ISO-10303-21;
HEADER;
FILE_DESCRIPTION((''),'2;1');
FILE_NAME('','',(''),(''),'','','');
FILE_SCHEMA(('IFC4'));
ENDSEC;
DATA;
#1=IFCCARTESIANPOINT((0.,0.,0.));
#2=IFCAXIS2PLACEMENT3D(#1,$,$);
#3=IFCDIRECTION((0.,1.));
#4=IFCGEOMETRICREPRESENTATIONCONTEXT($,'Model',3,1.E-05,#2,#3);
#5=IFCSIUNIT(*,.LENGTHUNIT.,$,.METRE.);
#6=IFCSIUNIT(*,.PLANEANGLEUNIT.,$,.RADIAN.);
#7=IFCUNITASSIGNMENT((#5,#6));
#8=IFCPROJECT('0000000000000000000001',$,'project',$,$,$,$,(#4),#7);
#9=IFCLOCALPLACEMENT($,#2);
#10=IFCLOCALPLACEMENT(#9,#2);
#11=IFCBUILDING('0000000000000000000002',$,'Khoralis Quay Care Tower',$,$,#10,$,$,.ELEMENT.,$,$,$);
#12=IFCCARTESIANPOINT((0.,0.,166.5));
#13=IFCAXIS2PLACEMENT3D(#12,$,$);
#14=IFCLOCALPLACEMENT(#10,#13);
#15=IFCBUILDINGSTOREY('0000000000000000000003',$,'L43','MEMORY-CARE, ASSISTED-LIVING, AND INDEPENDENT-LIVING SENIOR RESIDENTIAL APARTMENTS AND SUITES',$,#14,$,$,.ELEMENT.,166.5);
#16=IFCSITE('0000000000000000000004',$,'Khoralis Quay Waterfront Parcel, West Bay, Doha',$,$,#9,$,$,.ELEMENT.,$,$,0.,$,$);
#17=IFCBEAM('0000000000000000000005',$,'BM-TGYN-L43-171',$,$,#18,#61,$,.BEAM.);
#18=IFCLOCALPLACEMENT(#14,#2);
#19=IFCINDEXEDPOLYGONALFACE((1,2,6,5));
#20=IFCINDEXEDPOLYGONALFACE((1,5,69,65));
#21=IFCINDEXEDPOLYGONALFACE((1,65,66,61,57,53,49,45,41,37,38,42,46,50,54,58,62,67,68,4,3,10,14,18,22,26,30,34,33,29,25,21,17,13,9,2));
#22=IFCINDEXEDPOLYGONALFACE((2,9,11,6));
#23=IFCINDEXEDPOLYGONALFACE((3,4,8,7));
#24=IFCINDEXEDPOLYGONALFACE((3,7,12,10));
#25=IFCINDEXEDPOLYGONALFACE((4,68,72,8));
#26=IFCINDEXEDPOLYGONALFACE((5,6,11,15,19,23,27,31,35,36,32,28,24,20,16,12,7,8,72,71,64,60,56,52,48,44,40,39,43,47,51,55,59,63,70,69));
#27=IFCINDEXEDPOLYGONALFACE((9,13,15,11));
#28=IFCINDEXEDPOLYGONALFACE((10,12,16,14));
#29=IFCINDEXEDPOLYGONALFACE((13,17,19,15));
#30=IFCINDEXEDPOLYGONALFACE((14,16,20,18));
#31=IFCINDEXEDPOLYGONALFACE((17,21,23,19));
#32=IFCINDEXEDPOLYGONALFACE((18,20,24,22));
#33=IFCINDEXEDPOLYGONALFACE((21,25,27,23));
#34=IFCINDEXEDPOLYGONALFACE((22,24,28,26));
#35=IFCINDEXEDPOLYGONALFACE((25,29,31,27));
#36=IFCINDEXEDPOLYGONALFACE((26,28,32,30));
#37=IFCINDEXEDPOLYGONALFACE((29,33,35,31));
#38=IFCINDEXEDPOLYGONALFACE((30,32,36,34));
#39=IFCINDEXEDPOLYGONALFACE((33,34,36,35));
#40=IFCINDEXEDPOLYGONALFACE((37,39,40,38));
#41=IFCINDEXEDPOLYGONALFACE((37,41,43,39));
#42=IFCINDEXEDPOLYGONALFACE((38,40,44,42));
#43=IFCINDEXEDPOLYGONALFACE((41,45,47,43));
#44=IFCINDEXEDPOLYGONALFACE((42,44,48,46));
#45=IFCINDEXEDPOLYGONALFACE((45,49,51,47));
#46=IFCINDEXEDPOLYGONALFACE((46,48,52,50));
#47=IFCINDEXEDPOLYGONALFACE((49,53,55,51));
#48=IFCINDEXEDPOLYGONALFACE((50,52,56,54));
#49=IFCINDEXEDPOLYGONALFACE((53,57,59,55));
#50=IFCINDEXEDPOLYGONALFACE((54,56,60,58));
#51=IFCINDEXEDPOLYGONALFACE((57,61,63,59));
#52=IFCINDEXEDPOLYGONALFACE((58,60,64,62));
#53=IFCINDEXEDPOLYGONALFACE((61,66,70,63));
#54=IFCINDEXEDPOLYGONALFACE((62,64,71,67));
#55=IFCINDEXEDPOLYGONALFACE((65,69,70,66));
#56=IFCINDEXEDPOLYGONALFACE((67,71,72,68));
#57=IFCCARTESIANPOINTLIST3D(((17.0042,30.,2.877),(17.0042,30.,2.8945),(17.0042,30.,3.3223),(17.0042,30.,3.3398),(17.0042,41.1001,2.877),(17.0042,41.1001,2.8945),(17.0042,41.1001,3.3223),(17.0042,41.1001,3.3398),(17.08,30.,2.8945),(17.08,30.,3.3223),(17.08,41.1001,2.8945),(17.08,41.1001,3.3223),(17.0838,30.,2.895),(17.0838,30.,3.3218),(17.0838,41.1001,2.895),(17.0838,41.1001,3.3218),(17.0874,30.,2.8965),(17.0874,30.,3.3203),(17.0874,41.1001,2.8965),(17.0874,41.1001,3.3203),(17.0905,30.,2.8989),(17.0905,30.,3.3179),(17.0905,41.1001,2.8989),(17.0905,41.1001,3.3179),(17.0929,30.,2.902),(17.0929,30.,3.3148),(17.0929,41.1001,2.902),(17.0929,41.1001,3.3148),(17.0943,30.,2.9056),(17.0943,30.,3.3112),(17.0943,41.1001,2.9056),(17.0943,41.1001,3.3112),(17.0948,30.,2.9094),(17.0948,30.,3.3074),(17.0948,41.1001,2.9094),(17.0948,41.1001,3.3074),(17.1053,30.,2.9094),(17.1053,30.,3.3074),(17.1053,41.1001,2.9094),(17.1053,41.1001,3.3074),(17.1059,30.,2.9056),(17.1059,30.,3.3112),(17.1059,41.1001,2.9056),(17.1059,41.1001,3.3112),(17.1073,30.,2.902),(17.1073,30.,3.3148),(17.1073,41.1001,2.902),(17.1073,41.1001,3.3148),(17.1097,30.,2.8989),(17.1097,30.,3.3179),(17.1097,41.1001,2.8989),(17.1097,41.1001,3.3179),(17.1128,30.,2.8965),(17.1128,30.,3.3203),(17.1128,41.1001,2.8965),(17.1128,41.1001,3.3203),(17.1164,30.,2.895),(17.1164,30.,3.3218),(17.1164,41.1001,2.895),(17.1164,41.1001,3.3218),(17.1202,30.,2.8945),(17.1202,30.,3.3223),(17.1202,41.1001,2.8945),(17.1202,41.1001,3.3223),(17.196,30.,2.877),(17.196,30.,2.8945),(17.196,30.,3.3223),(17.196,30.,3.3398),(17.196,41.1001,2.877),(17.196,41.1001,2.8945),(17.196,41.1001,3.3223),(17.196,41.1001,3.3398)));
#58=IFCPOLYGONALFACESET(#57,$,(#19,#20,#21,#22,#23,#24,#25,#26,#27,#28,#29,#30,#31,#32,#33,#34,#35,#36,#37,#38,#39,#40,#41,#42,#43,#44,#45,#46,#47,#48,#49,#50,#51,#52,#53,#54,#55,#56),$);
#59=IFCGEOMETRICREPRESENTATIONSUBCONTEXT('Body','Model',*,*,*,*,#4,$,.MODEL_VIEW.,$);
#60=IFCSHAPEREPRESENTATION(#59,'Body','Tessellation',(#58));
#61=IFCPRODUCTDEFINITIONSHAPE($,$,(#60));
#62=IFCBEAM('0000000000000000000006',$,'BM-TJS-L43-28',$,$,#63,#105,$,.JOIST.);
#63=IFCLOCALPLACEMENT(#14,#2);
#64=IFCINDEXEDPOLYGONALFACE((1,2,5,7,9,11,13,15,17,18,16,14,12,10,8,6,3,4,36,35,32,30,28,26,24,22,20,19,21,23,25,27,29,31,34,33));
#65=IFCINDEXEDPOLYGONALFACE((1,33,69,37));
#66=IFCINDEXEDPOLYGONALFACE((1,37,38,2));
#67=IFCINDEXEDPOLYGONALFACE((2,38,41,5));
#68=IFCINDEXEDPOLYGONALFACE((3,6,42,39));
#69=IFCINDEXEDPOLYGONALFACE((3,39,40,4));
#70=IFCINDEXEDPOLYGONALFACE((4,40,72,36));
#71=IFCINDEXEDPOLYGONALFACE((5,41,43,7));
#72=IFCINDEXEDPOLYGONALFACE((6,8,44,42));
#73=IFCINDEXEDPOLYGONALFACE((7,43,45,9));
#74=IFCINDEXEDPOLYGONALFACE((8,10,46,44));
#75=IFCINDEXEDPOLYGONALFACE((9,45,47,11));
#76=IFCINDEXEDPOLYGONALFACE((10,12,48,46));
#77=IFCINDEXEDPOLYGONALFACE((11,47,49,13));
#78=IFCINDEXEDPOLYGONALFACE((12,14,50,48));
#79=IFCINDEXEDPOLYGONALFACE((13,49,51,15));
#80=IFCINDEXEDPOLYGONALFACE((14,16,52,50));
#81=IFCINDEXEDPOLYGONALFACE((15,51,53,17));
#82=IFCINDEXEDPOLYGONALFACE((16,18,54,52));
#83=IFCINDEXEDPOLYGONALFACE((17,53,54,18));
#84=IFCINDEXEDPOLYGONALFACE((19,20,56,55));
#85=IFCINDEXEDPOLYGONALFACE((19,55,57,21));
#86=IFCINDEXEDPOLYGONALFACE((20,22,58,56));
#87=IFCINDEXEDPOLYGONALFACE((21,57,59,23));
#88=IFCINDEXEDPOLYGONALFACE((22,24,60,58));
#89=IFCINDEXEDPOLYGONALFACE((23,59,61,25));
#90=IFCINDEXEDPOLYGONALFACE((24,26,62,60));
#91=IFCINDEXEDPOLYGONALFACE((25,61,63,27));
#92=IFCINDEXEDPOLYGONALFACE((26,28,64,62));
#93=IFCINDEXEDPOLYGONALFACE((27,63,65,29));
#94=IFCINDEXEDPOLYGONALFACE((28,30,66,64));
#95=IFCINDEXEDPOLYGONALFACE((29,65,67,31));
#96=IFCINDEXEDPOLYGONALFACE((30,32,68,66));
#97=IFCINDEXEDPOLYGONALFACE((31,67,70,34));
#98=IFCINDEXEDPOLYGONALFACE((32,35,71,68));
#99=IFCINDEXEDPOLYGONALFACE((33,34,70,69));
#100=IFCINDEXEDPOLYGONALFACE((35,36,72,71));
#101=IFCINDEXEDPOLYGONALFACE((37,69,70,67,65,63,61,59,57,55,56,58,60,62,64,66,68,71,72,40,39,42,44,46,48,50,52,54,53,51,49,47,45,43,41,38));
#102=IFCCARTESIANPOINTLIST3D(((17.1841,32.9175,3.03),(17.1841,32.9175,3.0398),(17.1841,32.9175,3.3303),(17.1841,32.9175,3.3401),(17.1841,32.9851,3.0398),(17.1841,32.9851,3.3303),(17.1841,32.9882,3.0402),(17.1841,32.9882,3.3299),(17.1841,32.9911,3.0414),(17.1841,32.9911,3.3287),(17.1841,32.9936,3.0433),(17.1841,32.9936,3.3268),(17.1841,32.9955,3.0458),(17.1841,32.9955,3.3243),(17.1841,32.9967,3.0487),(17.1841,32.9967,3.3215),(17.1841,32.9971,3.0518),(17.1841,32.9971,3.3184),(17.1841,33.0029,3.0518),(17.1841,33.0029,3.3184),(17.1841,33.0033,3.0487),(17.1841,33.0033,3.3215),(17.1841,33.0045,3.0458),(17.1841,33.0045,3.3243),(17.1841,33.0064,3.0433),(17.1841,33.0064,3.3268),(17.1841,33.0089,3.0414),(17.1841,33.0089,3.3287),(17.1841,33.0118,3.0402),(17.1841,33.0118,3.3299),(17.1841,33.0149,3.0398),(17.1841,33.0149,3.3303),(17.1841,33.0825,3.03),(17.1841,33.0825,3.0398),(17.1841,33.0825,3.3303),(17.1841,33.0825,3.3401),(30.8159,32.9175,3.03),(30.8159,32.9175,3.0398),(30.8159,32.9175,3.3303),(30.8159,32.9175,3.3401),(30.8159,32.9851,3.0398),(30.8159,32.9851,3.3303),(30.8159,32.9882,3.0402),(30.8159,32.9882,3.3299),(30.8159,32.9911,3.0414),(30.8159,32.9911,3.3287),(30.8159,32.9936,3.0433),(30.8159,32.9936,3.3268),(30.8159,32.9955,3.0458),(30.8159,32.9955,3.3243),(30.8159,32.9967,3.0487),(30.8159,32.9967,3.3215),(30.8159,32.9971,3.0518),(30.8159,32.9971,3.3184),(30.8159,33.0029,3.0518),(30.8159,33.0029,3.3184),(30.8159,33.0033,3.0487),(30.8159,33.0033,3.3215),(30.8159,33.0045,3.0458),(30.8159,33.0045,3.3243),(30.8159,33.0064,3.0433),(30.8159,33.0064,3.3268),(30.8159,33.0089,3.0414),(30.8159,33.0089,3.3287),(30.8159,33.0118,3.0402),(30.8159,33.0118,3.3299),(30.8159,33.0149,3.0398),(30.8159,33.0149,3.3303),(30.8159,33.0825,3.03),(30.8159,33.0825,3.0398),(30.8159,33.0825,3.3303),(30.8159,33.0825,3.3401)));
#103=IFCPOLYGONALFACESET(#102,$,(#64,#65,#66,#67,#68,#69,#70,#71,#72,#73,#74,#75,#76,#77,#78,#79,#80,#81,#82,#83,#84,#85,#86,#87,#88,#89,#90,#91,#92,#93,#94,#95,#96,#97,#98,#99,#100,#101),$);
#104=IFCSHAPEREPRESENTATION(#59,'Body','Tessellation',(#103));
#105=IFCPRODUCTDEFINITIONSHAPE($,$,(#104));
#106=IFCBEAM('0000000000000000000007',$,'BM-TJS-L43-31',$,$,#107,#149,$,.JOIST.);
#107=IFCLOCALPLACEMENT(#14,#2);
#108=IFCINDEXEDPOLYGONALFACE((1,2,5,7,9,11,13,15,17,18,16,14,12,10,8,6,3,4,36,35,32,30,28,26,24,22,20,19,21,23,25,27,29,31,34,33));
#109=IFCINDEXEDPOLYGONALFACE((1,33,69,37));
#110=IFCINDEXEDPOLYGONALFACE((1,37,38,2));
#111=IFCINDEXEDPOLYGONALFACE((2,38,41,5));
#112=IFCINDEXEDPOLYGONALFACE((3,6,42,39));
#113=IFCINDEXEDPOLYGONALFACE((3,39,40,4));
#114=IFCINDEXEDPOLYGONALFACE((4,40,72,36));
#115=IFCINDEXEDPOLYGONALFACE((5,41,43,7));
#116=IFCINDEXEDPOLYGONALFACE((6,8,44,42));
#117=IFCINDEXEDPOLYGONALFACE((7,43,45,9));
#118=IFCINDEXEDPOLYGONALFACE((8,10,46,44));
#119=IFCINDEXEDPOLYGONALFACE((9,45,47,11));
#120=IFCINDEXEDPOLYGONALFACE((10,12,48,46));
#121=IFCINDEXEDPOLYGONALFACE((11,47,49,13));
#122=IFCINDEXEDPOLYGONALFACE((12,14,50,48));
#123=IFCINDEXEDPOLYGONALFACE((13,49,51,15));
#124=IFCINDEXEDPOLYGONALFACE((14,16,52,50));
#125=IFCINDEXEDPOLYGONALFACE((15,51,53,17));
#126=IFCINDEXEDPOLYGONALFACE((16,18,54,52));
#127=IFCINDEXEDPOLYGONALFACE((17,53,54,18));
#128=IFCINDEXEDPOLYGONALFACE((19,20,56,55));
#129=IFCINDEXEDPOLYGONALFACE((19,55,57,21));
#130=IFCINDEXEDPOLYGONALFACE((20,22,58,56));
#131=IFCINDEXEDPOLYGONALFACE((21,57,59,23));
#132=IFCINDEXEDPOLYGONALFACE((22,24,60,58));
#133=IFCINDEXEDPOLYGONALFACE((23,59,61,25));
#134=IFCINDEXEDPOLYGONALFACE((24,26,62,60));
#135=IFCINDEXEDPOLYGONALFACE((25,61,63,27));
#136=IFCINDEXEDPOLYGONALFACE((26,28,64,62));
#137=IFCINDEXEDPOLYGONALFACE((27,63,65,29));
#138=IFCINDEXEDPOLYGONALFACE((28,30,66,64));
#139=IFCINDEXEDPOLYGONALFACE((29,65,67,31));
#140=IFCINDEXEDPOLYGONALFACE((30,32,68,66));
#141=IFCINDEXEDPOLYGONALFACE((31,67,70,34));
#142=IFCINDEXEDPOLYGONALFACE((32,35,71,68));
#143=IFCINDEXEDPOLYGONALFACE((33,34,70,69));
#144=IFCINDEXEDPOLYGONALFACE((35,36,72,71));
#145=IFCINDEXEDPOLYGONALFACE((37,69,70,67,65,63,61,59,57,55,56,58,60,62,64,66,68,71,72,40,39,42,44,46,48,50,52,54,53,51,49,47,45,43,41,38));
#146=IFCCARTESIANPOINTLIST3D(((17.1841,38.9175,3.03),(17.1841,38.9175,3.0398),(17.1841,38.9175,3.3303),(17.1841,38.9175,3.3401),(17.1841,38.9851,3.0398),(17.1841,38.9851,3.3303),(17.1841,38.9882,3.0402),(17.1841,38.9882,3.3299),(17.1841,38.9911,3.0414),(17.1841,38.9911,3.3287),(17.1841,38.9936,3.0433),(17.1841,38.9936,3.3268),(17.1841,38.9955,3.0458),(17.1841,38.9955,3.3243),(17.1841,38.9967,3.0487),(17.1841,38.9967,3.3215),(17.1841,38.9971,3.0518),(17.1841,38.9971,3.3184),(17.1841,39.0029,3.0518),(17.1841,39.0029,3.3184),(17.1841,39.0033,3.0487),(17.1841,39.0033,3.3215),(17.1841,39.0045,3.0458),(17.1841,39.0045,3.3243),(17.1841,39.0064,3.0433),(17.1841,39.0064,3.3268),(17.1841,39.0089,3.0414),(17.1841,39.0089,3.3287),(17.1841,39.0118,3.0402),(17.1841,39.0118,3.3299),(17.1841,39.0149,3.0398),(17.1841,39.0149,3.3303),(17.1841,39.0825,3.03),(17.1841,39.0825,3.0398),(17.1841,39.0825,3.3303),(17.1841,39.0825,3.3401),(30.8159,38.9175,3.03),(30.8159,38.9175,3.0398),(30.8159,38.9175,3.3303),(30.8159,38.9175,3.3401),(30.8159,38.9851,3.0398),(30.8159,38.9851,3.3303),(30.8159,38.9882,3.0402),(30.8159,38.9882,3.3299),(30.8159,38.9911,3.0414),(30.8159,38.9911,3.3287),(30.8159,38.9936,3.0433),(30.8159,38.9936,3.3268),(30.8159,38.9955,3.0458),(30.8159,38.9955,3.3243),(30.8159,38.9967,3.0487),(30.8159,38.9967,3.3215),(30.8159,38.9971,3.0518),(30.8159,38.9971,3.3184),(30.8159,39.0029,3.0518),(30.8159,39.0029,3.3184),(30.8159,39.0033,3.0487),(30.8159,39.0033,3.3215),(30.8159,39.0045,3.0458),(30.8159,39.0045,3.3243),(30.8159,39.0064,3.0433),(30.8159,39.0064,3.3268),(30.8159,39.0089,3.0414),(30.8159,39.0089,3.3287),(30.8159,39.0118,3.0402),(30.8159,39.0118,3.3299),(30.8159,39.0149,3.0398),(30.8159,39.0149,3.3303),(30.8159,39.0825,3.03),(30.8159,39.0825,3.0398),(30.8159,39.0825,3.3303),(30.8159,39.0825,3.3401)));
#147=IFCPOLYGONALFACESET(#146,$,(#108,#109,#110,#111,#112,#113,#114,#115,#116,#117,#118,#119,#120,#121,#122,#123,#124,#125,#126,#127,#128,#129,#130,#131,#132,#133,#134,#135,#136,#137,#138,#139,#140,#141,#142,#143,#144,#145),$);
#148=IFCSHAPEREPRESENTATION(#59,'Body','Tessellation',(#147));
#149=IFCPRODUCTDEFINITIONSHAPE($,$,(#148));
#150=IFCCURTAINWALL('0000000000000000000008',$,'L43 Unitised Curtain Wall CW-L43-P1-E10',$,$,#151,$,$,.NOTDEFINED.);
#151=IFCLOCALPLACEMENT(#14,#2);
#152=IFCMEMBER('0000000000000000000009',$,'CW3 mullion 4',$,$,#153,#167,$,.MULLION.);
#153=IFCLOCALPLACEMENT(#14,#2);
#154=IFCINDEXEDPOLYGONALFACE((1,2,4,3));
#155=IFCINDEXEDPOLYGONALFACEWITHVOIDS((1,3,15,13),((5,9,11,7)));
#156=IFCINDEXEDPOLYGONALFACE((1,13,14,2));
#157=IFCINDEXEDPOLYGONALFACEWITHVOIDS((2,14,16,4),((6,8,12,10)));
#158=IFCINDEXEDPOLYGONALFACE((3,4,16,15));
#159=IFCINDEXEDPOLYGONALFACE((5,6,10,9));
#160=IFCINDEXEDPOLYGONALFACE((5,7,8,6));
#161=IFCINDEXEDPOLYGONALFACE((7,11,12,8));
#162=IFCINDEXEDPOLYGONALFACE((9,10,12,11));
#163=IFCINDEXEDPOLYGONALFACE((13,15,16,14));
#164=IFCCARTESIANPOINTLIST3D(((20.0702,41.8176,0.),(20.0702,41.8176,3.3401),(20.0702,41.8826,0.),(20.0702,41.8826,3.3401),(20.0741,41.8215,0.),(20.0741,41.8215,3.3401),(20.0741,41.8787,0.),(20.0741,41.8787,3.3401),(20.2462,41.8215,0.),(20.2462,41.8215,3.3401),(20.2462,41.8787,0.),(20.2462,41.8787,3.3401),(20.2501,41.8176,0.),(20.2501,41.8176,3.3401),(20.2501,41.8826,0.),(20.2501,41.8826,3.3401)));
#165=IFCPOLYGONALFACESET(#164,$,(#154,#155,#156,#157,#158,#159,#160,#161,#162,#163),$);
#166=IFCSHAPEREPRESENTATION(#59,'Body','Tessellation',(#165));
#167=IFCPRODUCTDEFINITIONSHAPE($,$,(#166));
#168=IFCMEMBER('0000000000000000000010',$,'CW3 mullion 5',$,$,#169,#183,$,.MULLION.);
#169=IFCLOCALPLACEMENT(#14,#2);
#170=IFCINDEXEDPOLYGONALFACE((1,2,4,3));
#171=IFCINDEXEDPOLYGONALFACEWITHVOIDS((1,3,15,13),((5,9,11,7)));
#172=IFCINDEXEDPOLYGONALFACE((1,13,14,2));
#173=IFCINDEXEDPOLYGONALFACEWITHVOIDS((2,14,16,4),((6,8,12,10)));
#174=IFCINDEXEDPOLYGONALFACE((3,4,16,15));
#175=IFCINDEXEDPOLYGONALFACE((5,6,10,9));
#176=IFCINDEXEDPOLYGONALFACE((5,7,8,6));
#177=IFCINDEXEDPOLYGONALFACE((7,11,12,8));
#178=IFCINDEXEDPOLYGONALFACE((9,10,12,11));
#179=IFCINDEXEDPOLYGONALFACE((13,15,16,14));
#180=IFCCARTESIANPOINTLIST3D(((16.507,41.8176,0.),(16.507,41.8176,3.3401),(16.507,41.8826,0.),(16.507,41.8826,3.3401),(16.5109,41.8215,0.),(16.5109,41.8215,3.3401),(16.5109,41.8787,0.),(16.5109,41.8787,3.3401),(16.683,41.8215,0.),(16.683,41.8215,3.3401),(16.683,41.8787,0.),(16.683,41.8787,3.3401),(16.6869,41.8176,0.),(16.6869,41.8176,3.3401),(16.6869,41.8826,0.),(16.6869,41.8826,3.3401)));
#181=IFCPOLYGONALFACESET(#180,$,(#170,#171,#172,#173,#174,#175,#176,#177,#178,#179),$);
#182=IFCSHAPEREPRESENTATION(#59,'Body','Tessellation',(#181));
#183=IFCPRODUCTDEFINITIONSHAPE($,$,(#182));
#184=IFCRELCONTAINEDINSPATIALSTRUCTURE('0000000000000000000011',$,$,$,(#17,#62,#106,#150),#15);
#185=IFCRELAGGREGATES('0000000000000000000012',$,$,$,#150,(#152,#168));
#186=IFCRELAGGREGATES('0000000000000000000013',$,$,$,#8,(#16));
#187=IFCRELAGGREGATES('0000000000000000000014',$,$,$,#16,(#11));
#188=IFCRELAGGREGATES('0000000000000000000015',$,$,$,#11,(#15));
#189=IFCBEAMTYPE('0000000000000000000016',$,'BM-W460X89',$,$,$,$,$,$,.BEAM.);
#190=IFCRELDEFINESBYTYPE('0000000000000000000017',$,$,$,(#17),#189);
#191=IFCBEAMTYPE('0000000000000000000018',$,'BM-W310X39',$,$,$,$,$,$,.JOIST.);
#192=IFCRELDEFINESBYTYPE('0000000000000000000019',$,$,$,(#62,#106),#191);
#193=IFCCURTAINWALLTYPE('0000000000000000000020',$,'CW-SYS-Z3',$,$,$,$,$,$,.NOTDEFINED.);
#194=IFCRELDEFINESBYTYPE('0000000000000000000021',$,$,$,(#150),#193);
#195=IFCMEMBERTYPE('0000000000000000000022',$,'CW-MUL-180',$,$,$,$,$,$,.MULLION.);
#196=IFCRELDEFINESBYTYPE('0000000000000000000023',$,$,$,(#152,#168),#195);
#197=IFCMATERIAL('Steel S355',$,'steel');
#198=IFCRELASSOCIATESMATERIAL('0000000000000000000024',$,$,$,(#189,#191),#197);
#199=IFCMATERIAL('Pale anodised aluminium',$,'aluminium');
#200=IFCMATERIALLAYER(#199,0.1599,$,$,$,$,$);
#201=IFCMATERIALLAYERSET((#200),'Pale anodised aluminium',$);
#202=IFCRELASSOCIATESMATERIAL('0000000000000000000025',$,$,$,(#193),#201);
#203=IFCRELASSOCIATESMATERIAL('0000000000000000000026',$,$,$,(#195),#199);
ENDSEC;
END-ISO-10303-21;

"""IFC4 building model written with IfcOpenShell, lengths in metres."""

from ifc_helpers import new_model, si_unit, direction, frame, origin, origin_2d, place, context, subcontext, project, spatial, hollow_rectangle, i_section, extrude, source, transform, mapped, material, layer, layer_set, material_profile, profile_set, type_object, element, aggregate, save


model = new_model("IFC4")

# Units and contexts
model_context = context("Model", 3, precision=1e-05, world=origin(), true_north=direction((0.0, 1.0)))
body_context = subcontext(model_context, "Body", "Model", "MODEL_VIEW")
ifc_project = project(units=[si_unit("LENGTHUNIT", "METRE"), si_unit("PLANEANGLEUNIT", "RADIAN")], contexts=[model_context])

# Site, building, storey
site_placement = place(None, origin())
site = spatial("IfcSite", under=ifc_project, at=site_placement, Name="Khoralis Quay Waterfront Parcel, West Bay, Doha", CompositionType="ELEMENT", RefElevation=0.0)
building_placement = place(site_placement, origin())
building = spatial("IfcBuilding", under=site, at=building_placement, Name="Khoralis Quay Care Tower", CompositionType="ELEMENT")
storey_placement = place(building_placement, frame((0.0, 0.0, 166.5)))
storey = spatial("IfcBuildingStorey", under=building, at=storey_placement, Name="L43", Description="MEMORY-CARE, ASSISTED-LIVING, AND INDEPENDENT-LIVING SENIOR RESIDENTIAL APARTMENTS AND SUITES", CompositionType="ELEMENT", Elevation=166.5)

# Beams
ifc_material_1 = material(Name="Steel S355", Category="steel")
ifc_material_profile_1 = material_profile(ifc_material_1, i_section(OverallWidth=0.1919, OverallDepth=0.4629, WebThickness=0.0105, FlangeThickness=0.0176, FilletRadius=0.0149, at=origin_2d()), Name="Steel S355")
ifc_profile_set_1 = profile_set([ifc_material_profile_1], Name="Steel S355")
beam_type_1 = type_object("IfcBeamType", Name="BM-W460X89", PredefinedType="BEAM", material=ifc_profile_set_1)
shared_shape_1 = source(origin(), body_context, "Body", "SweptSolid", [
    extrude(i_section(OverallWidth=0.1919, OverallDepth=0.4629, WebThickness=0.0105, FlangeThickness=0.0176, FilletRadius=0.0149, at=origin_2d()), origin(), (0.0, 0.0, 1.0), 11.1001),
])
beam_1_placement = place(storey_placement, frame((17.1001, 30.0, 3.1084), z_axis=(0.0, 1.0, 0.0), x_axis=(-1.0, 0.0, 0.0)))
element("IfcBeam", 1, at=beam_1_placement, inside=storey, type_object=beam_type_1, Name="BM-TGYN-L43-171", PredefinedType="BEAM", context=body_context, shape_type="MappedRepresentation", body=[
    mapped(shared_shape_1, transform((0.0, 0.0, 0.0), scale=1.0)),
])
ifc_material_profile_2 = material_profile(ifc_material_1, i_section(OverallWidth=0.165, OverallDepth=0.3101, WebThickness=0.0059, FlangeThickness=0.0098, FilletRadius=0.012, at=origin_2d()), Name="Steel S355")
ifc_profile_set_2 = profile_set([ifc_material_profile_2], Name="Steel S355")
beam_type_2 = type_object("IfcBeamType", Name="BM-W310X39", PredefinedType="JOIST", material=ifc_profile_set_2)
shared_shape_2 = source(origin(), body_context, "Body", "SweptSolid", [
    extrude(i_section(OverallWidth=0.165, OverallDepth=0.3101, WebThickness=0.0059, FlangeThickness=0.0098, FilletRadius=0.012, at=origin_2d()), origin(), (0.0, 0.0, 1.0), 13.6318),
])
for number, where, z_axis, x_axis, name in (
    (2, (17.1841, 33.0, 3.1851), (1.0, 0.0, 0.0), (0.0, 1.0, 0.0), "BM-TJS-L43-28"),
    (3, (17.1841, 39.0, 3.1851), (1.0, 0.0, 0.0), (0.0, 1.0, 0.0), "BM-TJS-L43-31"),
):
    element("IfcBeam", number, at=place(storey_placement, frame(where, z_axis=z_axis, x_axis=x_axis)), inside=storey, type_object=beam_type_2, Name=name, PredefinedType="JOIST", context=body_context, shape_type="MappedRepresentation", body=[
        mapped(shared_shape_2, transform((0.0, 0.0, 0.0), scale=1.0)),
    ])

# Curtain wall, members
ifc_material_2 = material(Name="Pale anodised aluminium", Category="aluminium")
ifc_layer_1 = layer(ifc_material_2, 0.1599)
ifc_layer_set_1 = layer_set([ifc_layer_1], Name="Pale anodised aluminium")
curtain_wall_type = type_object("IfcCurtainWallType", Name="CW-SYS-Z3", PredefinedType="NOTDEFINED", material=ifc_layer_set_1)
curtain_wall_placement = place(storey_placement, origin())
curtain_wall = element("IfcCurtainWall", 4, at=curtain_wall_placement, inside=storey, type_object=curtain_wall_type, Name="L43 Unitised Curtain Wall CW-L43-P1-E10", PredefinedType="NOTDEFINED")
ifc_material_profile_3 = material_profile(ifc_material_2, hollow_rectangle(XDim=0.0649, YDim=0.1799, WallThickness=0.0039, at=origin_2d()), Name="Pale anodised aluminium")
ifc_profile_set_3 = profile_set([ifc_material_profile_3], Name="Pale anodised aluminium")
member_type_1 = type_object("IfcMemberType", Name="CW-MUL-180", PredefinedType="MULLION", material=ifc_profile_set_3)
shared_shape_3 = source(origin(), body_context, "Body", "SweptSolid", [
    extrude(hollow_rectangle(XDim=0.0649, YDim=0.1799, WallThickness=0.0039, at=origin_2d()), origin(), (0.0, 0.0, 1.0), 3.3401),
])
member_1_placement = place(storey_placement, frame((20.1602, 41.8501, 0.0), z_axis=(0.0, 0.0, 1.0), x_axis=(0.0, -1.0, 0.0)))
member_1 = element("IfcMember", 5, at=member_1_placement, type_object=member_type_1, Name="CW3 mullion 4", PredefinedType="MULLION", context=body_context, shape_type="MappedRepresentation", body=[
    mapped(shared_shape_3, transform((0.0, 0.0, 0.0), scale=1.0)),
])
member_2_placement = place(storey_placement, frame((16.5969, 41.8501, 0.0), z_axis=(0.0, 0.0, 1.0), x_axis=(0.0, -1.0, 0.0)))
member_2 = element("IfcMember", 6, at=member_2_placement, type_object=member_type_1, Name="CW3 mullion 5", PredefinedType="MULLION", context=body_context, shape_type="MappedRepresentation", body=[
    mapped(shared_shape_3, transform((0.0, 0.0, 0.0), scale=1.0)),
])
aggregate(curtain_wall, [member_1, member_2])

save(model, "model.ifc")
